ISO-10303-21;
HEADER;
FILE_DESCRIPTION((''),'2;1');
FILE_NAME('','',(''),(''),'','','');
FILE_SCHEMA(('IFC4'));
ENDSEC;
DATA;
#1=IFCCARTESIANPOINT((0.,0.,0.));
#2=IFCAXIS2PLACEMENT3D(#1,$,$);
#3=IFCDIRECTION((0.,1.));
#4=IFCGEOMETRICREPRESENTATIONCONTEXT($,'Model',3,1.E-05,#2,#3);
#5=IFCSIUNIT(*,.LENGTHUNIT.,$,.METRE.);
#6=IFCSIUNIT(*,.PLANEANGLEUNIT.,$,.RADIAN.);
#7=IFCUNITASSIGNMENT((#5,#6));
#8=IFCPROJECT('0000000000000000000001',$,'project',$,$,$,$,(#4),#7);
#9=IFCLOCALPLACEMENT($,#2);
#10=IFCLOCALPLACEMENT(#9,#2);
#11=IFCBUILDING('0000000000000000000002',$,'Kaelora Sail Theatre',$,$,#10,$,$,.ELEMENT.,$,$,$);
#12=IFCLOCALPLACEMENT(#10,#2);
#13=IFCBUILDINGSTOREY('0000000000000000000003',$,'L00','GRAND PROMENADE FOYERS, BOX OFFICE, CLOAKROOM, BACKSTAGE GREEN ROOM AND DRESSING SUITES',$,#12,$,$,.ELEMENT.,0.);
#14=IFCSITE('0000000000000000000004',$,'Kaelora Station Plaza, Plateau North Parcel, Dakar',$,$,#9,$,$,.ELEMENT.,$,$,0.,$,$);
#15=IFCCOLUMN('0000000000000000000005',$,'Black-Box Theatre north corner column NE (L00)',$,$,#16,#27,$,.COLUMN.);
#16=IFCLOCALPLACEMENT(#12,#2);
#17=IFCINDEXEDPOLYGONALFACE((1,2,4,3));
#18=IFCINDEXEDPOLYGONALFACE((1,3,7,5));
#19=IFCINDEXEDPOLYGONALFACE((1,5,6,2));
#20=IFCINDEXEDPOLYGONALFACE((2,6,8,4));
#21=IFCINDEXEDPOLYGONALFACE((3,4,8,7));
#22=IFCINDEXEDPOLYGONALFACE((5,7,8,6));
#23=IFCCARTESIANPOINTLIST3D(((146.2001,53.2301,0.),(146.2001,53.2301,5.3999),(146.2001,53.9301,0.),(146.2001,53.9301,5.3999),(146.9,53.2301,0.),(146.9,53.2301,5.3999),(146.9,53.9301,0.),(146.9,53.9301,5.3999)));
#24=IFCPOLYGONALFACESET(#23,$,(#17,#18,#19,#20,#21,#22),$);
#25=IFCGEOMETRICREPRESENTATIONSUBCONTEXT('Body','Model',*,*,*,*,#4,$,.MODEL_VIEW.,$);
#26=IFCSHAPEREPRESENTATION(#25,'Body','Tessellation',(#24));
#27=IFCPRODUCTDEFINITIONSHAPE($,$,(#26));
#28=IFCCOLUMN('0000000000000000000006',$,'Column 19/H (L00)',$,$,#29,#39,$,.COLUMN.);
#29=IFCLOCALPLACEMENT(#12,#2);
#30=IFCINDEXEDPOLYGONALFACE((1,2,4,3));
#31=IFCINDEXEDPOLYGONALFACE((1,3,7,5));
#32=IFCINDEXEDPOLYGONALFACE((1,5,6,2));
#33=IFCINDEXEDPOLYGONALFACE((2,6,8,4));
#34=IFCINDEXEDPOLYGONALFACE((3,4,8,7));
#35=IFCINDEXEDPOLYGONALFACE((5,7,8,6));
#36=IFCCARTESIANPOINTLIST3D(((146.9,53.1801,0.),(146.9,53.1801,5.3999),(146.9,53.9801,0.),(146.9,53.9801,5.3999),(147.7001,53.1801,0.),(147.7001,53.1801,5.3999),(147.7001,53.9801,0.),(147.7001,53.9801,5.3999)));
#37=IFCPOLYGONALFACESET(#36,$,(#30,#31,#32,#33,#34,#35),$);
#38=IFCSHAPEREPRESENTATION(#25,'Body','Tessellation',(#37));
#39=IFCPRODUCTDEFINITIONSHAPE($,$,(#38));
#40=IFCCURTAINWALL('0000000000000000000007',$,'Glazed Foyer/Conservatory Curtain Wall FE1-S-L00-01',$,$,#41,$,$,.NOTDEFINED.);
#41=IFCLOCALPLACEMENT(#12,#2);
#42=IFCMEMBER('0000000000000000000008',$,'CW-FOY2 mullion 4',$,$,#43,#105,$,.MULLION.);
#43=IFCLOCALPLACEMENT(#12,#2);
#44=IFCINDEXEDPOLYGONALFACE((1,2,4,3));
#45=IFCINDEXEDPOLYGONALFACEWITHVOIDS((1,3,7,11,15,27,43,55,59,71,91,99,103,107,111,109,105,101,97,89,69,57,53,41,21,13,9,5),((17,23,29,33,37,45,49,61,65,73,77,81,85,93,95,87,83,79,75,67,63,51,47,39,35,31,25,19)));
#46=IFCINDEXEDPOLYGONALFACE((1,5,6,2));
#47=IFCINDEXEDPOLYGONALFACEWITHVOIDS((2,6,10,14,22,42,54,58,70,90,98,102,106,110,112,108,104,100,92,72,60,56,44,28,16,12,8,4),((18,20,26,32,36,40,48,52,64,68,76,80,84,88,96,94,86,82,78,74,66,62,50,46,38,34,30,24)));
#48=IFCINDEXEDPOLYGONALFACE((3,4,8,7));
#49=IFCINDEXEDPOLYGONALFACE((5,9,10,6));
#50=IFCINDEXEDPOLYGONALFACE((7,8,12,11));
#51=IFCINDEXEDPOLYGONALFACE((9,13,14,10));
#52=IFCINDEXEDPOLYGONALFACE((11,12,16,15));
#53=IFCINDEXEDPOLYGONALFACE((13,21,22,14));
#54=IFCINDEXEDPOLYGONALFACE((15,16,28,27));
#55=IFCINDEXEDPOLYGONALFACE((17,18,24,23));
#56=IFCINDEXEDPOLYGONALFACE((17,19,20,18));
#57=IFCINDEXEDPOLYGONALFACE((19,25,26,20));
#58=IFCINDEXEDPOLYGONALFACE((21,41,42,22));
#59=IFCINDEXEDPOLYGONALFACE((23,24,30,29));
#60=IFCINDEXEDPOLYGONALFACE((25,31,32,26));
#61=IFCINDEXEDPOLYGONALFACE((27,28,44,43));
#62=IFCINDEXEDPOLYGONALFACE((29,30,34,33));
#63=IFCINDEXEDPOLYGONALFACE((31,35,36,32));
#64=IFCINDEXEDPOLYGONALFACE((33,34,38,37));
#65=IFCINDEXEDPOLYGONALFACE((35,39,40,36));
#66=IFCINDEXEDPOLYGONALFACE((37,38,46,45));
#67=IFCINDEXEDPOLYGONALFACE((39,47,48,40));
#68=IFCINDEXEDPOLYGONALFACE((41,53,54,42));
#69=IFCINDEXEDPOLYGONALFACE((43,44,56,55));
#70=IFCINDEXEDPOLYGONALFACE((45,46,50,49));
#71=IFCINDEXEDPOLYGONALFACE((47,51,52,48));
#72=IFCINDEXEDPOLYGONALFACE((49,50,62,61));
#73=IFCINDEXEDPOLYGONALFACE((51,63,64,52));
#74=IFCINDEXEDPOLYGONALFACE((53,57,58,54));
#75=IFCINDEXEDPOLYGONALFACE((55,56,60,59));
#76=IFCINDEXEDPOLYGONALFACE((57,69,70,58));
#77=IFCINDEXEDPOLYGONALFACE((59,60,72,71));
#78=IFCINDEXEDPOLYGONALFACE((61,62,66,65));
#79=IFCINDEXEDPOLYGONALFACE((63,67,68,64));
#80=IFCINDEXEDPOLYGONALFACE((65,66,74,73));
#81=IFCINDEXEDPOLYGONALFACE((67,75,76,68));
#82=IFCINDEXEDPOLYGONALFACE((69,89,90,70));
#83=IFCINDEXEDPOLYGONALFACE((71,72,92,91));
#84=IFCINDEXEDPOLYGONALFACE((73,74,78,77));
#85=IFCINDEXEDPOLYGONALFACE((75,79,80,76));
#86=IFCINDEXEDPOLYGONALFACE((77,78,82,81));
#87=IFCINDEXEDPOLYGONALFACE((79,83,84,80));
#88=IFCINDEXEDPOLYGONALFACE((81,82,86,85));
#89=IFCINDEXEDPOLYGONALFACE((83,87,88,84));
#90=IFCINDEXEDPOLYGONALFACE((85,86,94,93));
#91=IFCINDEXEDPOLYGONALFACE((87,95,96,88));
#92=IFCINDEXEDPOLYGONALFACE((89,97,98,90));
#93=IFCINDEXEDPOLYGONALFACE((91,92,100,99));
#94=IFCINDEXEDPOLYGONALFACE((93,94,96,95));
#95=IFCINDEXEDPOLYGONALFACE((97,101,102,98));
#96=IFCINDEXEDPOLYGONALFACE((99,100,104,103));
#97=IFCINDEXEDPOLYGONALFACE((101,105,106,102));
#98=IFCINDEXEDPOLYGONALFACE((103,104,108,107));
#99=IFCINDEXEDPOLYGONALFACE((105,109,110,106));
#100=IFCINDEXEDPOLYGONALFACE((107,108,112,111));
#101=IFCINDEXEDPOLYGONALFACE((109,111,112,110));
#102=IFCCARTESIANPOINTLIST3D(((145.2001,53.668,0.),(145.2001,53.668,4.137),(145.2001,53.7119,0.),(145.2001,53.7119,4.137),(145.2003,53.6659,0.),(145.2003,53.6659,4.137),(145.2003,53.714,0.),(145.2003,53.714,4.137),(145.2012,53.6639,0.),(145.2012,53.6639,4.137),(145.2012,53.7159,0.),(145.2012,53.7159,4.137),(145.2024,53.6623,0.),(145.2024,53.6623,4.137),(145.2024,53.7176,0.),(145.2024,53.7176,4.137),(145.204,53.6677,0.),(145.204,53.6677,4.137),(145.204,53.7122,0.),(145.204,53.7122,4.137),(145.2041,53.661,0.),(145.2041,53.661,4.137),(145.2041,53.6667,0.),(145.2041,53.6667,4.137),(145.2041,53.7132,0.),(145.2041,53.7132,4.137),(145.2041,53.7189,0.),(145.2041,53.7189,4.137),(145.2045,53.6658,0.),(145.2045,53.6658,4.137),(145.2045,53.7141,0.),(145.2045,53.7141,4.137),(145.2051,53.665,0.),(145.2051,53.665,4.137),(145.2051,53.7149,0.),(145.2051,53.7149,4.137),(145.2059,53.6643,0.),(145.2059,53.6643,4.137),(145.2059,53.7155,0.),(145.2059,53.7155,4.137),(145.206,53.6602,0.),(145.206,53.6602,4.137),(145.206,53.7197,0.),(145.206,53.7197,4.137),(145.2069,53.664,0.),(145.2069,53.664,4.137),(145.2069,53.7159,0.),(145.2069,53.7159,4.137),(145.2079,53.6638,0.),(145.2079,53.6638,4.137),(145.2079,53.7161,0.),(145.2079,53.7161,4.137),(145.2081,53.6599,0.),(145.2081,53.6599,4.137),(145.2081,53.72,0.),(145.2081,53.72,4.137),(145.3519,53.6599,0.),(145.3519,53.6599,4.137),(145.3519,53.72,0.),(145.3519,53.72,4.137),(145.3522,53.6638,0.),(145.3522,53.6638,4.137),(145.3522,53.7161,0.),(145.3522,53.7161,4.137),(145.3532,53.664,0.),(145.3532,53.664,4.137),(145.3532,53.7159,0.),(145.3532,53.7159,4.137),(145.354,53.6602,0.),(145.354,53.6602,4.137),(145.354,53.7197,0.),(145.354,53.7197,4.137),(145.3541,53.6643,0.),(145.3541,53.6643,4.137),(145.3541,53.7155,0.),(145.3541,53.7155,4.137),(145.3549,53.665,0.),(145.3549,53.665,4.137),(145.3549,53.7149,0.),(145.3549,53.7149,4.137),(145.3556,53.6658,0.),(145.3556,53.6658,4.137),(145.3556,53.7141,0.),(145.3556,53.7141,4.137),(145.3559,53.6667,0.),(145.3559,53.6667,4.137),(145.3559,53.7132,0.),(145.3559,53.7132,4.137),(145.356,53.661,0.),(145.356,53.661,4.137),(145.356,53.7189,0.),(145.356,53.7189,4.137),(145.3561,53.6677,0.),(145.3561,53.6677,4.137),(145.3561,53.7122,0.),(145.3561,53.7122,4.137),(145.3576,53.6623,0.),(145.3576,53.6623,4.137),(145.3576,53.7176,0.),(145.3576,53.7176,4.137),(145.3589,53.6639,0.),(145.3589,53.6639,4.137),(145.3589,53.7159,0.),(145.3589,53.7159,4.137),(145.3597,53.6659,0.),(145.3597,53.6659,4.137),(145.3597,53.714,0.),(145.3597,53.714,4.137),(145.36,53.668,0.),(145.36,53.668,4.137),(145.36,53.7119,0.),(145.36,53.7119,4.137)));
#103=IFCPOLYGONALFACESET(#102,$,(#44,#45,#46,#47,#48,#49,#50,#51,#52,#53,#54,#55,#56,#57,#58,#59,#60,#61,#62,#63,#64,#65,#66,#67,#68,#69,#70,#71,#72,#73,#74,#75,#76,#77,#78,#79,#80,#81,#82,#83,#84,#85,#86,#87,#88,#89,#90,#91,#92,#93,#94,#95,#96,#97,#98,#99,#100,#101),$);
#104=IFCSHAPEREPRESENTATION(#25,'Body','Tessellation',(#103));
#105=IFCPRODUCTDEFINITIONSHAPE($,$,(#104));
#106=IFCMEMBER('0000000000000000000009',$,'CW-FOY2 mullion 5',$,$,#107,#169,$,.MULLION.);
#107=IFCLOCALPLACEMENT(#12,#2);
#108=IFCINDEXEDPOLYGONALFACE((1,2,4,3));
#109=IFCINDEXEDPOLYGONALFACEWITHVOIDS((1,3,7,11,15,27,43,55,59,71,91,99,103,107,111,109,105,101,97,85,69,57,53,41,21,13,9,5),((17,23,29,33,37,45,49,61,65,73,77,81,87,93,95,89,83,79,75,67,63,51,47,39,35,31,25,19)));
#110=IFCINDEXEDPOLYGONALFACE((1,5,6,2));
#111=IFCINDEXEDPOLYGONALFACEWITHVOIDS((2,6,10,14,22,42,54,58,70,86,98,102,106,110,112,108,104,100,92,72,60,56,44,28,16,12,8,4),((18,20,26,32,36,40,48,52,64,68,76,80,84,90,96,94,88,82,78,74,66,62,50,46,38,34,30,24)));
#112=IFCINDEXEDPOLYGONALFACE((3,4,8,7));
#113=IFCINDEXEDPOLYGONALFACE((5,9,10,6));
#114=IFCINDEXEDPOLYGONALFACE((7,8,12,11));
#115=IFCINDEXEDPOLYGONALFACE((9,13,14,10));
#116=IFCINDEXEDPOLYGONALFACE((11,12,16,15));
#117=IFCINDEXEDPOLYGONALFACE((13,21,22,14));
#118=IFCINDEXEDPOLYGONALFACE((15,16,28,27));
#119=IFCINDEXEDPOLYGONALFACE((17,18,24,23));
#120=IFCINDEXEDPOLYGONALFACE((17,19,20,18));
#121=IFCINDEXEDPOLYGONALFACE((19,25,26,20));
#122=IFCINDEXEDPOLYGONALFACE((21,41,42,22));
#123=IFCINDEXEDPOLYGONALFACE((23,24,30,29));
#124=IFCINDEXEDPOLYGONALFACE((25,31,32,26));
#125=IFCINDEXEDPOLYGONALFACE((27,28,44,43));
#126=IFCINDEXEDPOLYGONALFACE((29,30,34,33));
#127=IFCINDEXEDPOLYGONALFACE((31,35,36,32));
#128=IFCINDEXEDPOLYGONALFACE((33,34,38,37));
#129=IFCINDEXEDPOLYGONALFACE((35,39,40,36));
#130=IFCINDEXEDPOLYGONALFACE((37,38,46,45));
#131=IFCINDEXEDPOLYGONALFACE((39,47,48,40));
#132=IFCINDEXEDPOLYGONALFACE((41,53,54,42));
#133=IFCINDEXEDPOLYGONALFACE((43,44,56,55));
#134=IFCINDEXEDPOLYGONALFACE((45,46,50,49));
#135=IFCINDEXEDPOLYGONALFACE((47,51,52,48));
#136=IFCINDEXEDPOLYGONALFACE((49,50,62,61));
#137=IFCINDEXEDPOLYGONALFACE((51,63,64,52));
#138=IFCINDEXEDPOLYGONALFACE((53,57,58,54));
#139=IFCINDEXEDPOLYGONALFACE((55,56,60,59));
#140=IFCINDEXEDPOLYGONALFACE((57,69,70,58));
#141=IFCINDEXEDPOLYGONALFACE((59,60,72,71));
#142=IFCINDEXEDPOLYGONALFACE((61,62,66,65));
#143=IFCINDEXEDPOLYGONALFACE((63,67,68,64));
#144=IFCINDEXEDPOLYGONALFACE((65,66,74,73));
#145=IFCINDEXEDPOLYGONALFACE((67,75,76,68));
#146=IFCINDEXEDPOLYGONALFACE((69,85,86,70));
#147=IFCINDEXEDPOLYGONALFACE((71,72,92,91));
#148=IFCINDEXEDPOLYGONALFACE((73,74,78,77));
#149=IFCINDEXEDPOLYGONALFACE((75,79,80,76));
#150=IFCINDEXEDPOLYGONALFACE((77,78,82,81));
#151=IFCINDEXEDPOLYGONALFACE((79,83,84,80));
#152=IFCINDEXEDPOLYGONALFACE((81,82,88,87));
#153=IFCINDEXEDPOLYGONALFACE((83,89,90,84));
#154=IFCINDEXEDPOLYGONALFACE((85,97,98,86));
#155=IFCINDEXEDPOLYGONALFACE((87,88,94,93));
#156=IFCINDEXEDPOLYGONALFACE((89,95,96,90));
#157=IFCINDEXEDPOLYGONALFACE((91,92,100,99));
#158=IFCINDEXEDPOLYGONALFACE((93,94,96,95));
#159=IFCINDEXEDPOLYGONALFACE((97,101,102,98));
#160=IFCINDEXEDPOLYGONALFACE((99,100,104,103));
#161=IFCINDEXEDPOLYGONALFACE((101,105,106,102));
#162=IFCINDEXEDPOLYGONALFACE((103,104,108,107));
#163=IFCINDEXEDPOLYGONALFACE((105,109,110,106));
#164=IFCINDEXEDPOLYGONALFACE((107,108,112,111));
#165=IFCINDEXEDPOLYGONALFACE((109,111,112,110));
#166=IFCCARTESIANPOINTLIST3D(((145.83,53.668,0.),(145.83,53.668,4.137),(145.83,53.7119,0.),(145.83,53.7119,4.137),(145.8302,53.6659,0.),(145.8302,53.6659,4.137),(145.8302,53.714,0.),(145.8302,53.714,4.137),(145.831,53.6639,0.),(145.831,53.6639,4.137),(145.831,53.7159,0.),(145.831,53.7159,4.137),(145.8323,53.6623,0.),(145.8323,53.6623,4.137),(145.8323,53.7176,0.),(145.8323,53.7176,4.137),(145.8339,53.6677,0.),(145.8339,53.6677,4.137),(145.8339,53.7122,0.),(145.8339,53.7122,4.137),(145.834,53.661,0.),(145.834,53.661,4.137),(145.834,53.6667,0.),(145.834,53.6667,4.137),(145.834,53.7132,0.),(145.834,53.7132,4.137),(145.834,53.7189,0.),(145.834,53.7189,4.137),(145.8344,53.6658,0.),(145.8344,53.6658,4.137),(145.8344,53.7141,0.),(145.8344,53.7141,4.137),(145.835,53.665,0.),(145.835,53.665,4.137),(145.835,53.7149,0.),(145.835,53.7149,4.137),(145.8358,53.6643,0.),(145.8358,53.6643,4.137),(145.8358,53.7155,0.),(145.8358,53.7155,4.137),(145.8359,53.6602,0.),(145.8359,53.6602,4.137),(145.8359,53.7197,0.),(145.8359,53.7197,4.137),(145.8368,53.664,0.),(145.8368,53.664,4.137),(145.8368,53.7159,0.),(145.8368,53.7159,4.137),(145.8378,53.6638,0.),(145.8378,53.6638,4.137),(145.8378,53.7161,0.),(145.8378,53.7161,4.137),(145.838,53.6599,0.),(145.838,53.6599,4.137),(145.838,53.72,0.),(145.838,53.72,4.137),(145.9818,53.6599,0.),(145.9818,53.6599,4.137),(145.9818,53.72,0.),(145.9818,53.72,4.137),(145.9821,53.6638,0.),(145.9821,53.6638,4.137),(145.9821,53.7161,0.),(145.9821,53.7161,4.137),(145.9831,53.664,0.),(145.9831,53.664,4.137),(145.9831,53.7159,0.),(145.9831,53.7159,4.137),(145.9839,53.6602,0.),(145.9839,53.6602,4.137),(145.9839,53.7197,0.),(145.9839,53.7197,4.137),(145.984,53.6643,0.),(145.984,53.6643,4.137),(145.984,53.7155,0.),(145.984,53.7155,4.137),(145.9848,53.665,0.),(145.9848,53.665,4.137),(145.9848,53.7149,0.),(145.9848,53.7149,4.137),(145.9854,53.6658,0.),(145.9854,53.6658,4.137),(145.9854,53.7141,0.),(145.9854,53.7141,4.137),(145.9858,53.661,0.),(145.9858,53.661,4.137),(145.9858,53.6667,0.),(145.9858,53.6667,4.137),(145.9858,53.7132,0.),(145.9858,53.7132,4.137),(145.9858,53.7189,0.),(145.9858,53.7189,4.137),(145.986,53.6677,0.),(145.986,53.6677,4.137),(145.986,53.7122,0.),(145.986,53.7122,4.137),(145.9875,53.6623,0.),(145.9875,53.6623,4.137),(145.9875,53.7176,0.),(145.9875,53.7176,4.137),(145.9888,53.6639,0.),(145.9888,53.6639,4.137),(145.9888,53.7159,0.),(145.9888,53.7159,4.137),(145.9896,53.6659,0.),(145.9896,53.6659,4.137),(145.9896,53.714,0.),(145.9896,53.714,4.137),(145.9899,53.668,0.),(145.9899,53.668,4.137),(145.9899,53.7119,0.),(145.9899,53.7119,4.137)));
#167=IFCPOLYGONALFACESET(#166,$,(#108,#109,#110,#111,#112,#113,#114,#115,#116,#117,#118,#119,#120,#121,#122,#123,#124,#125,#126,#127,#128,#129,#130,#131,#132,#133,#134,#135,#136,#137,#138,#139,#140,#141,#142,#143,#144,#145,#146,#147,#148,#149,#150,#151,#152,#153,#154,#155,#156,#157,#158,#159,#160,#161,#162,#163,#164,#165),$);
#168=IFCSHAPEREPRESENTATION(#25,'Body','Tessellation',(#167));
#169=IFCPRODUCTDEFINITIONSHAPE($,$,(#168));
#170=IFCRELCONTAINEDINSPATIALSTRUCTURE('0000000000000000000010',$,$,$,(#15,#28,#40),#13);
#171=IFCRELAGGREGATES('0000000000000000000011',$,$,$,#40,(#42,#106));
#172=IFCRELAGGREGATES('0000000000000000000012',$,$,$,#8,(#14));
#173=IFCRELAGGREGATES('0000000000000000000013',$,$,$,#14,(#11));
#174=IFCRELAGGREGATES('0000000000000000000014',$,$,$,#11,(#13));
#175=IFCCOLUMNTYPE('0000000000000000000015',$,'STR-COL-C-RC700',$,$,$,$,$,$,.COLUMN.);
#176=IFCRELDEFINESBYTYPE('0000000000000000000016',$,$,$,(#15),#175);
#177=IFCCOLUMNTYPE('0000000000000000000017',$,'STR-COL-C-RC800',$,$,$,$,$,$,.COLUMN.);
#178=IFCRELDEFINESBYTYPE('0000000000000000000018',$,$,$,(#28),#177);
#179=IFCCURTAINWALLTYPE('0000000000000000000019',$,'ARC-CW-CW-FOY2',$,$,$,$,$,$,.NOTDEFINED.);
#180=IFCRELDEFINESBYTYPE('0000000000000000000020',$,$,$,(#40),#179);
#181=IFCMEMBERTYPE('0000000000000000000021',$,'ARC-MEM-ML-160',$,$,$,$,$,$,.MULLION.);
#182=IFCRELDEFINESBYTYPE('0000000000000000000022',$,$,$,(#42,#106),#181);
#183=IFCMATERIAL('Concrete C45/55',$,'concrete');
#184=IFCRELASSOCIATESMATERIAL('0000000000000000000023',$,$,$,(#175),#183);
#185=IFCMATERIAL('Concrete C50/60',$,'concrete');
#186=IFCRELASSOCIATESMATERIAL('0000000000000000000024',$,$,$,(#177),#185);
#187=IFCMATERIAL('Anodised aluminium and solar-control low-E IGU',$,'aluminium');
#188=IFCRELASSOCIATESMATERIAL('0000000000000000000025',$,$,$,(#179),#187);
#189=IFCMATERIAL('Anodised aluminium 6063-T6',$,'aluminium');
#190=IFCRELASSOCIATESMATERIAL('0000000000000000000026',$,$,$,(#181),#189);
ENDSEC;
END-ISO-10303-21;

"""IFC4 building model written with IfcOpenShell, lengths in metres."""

from ifc_helpers import new_model, si_unit, direction, frame, origin, origin_2d, place, context, subcontext, project, spatial, rectangle, hollow_rectangle, extrude, material, material_profile, profile_set, type_object, element, aggregate, save


model = new_model("IFC4")

# Units and contexts
model_context = context("Model", 3, precision=1e-05, world=origin(), true_north=direction((0.0, 1.0)))
body_context = subcontext(model_context, "Body", "Model", "MODEL_VIEW")
ifc_project = project(units=[si_unit("LENGTHUNIT", "METRE"), si_unit("PLANEANGLEUNIT", "RADIAN")], contexts=[model_context])

# Site, building, storey
site_placement = place(None, origin())
site = spatial("IfcSite", under=ifc_project, at=site_placement, Name="Kaelora Station Plaza, Plateau North Parcel, Dakar", CompositionType="ELEMENT", RefElevation=0.0)
building_placement = place(site_placement, origin())
building = spatial("IfcBuilding", under=site, at=building_placement, Name="Kaelora Sail Theatre", CompositionType="ELEMENT")
storey_placement = place(building_placement, origin())
storey = spatial("IfcBuildingStorey", under=building, at=storey_placement, Name="L00", Description="GRAND PROMENADE FOYERS, BOX OFFICE, CLOAKROOM, BACKSTAGE GREEN ROOM AND DRESSING SUITES", CompositionType="ELEMENT", Elevation=0.0)

# Columns
ifc_material_1 = material(Name="Concrete C45/55", Category="concrete")
ifc_material_profile_1 = material_profile(ifc_material_1, rectangle(XDim=0.7, YDim=0.7, at=origin_2d()), Name="RC-COL 700x700")
ifc_profile_set_1 = profile_set([ifc_material_profile_1], Name="Concrete C45/55")
column_type_1 = type_object("IfcColumnType", Name="STR-COL-C-RC700", PredefinedType="COLUMN", material=ifc_profile_set_1)
column_1_placement = place(storey_placement, frame((146.55, 53.5801, 0.0), z_axis=(0.0, 0.0, 1.0), x_axis=(1.0, 0.0, 0.0)))
element("IfcColumn", 1, at=column_1_placement, inside=storey, type_object=column_type_1, Name="Black-Box Theatre north corner column NE (L00)", PredefinedType="COLUMN", context=body_context, shape_type="SweptSolid", body=[
    extrude(rectangle(XDim=0.7, YDim=0.7, at=origin_2d()), origin(), (0.0, 0.0, 1.0), 5.3999),
])
ifc_material_2 = material(Name="Concrete C50/60", Category="concrete")
ifc_material_profile_2 = material_profile(ifc_material_2, rectangle(XDim=0.8, YDim=0.8, at=origin_2d()), Name="RC-COL 800x800")
ifc_profile_set_2 = profile_set([ifc_material_profile_2], Name="Concrete C50/60")
column_type_2 = type_object("IfcColumnType", Name="STR-COL-C-RC800", PredefinedType="COLUMN", material=ifc_profile_set_2)
column_2_placement = place(storey_placement, frame((147.3, 53.5801, 0.0), z_axis=(0.0, 0.0, 1.0), x_axis=(1.0, 0.0, 0.0)))
element("IfcColumn", 2, at=column_2_placement, inside=storey, type_object=column_type_2, Name="Column 19/H (L00)", PredefinedType="COLUMN", context=body_context, shape_type="SweptSolid", body=[
    extrude(rectangle(XDim=0.8, YDim=0.8, at=origin_2d()), origin(), (0.0, 0.0, 1.0), 5.3999),
])

# Curtain wall, members
ifc_material_3 = material(Name="Anodised aluminium and solar-control low-E IGU", Category="aluminium")
curtain_wall_type = type_object("IfcCurtainWallType", Name="ARC-CW-CW-FOY2", PredefinedType="NOTDEFINED", material=ifc_material_3)
curtain_wall_placement = place(storey_placement, origin())
curtain_wall = element("IfcCurtainWall", 3, at=curtain_wall_placement, inside=storey, type_object=curtain_wall_type, Name="Glazed Foyer/Conservatory Curtain Wall FE1-S-L00-01", PredefinedType="NOTDEFINED")
ifc_material_4 = material(Name="Anodised aluminium 6063-T6", Category="aluminium")
ifc_material_profile_3 = material_profile(ifc_material_4, hollow_rectangle(XDim=0.0601, YDim=0.1599, WallThickness=0.0039, InnerFilletRadius=0.0039, OuterFilletRadius=0.0081, at=origin_2d()), Name="ALU-MULL 60x160x4")
ifc_profile_set_3 = profile_set([ifc_material_profile_3], Name="Anodised aluminium 6063-T6")
member_type_1 = type_object("IfcMemberType", Name="ARC-MEM-ML-160", PredefinedType="MULLION", material=ifc_profile_set_3)
member_1_placement = place(storey_placement, frame((145.28, 53.6899, 0.0), z_axis=(0.0, 0.0, 1.0), x_axis=(0.0, 1.0, 0.0)))
member_1 = element("IfcMember", 4, at=member_1_placement, type_object=member_type_1, Name="CW-FOY2 mullion 4", PredefinedType="MULLION", context=body_context, shape_type="SweptSolid", body=[
    extrude(hollow_rectangle(XDim=0.0601, YDim=0.1599, WallThickness=0.0039, InnerFilletRadius=0.0039, OuterFilletRadius=0.0081, at=origin_2d()), origin(), (0.0, 0.0, 1.0), 4.137),
])
member_2_placement = place(storey_placement, frame((145.9099, 53.6899, 0.0), z_axis=(0.0, 0.0, 1.0), x_axis=(0.0, 1.0, 0.0)))
member_2 = element("IfcMember", 5, at=member_2_placement, type_object=member_type_1, Name="CW-FOY2 mullion 5", PredefinedType="MULLION", context=body_context, shape_type="SweptSolid", body=[
    extrude(hollow_rectangle(XDim=0.0601, YDim=0.1599, WallThickness=0.0039, InnerFilletRadius=0.0039, OuterFilletRadius=0.0081, at=origin_2d()), origin(), (0.0, 0.0, 1.0), 4.137),
])

aggregate(curtain_wall, [member_1, member_2])

save(model, "model.ifc")
